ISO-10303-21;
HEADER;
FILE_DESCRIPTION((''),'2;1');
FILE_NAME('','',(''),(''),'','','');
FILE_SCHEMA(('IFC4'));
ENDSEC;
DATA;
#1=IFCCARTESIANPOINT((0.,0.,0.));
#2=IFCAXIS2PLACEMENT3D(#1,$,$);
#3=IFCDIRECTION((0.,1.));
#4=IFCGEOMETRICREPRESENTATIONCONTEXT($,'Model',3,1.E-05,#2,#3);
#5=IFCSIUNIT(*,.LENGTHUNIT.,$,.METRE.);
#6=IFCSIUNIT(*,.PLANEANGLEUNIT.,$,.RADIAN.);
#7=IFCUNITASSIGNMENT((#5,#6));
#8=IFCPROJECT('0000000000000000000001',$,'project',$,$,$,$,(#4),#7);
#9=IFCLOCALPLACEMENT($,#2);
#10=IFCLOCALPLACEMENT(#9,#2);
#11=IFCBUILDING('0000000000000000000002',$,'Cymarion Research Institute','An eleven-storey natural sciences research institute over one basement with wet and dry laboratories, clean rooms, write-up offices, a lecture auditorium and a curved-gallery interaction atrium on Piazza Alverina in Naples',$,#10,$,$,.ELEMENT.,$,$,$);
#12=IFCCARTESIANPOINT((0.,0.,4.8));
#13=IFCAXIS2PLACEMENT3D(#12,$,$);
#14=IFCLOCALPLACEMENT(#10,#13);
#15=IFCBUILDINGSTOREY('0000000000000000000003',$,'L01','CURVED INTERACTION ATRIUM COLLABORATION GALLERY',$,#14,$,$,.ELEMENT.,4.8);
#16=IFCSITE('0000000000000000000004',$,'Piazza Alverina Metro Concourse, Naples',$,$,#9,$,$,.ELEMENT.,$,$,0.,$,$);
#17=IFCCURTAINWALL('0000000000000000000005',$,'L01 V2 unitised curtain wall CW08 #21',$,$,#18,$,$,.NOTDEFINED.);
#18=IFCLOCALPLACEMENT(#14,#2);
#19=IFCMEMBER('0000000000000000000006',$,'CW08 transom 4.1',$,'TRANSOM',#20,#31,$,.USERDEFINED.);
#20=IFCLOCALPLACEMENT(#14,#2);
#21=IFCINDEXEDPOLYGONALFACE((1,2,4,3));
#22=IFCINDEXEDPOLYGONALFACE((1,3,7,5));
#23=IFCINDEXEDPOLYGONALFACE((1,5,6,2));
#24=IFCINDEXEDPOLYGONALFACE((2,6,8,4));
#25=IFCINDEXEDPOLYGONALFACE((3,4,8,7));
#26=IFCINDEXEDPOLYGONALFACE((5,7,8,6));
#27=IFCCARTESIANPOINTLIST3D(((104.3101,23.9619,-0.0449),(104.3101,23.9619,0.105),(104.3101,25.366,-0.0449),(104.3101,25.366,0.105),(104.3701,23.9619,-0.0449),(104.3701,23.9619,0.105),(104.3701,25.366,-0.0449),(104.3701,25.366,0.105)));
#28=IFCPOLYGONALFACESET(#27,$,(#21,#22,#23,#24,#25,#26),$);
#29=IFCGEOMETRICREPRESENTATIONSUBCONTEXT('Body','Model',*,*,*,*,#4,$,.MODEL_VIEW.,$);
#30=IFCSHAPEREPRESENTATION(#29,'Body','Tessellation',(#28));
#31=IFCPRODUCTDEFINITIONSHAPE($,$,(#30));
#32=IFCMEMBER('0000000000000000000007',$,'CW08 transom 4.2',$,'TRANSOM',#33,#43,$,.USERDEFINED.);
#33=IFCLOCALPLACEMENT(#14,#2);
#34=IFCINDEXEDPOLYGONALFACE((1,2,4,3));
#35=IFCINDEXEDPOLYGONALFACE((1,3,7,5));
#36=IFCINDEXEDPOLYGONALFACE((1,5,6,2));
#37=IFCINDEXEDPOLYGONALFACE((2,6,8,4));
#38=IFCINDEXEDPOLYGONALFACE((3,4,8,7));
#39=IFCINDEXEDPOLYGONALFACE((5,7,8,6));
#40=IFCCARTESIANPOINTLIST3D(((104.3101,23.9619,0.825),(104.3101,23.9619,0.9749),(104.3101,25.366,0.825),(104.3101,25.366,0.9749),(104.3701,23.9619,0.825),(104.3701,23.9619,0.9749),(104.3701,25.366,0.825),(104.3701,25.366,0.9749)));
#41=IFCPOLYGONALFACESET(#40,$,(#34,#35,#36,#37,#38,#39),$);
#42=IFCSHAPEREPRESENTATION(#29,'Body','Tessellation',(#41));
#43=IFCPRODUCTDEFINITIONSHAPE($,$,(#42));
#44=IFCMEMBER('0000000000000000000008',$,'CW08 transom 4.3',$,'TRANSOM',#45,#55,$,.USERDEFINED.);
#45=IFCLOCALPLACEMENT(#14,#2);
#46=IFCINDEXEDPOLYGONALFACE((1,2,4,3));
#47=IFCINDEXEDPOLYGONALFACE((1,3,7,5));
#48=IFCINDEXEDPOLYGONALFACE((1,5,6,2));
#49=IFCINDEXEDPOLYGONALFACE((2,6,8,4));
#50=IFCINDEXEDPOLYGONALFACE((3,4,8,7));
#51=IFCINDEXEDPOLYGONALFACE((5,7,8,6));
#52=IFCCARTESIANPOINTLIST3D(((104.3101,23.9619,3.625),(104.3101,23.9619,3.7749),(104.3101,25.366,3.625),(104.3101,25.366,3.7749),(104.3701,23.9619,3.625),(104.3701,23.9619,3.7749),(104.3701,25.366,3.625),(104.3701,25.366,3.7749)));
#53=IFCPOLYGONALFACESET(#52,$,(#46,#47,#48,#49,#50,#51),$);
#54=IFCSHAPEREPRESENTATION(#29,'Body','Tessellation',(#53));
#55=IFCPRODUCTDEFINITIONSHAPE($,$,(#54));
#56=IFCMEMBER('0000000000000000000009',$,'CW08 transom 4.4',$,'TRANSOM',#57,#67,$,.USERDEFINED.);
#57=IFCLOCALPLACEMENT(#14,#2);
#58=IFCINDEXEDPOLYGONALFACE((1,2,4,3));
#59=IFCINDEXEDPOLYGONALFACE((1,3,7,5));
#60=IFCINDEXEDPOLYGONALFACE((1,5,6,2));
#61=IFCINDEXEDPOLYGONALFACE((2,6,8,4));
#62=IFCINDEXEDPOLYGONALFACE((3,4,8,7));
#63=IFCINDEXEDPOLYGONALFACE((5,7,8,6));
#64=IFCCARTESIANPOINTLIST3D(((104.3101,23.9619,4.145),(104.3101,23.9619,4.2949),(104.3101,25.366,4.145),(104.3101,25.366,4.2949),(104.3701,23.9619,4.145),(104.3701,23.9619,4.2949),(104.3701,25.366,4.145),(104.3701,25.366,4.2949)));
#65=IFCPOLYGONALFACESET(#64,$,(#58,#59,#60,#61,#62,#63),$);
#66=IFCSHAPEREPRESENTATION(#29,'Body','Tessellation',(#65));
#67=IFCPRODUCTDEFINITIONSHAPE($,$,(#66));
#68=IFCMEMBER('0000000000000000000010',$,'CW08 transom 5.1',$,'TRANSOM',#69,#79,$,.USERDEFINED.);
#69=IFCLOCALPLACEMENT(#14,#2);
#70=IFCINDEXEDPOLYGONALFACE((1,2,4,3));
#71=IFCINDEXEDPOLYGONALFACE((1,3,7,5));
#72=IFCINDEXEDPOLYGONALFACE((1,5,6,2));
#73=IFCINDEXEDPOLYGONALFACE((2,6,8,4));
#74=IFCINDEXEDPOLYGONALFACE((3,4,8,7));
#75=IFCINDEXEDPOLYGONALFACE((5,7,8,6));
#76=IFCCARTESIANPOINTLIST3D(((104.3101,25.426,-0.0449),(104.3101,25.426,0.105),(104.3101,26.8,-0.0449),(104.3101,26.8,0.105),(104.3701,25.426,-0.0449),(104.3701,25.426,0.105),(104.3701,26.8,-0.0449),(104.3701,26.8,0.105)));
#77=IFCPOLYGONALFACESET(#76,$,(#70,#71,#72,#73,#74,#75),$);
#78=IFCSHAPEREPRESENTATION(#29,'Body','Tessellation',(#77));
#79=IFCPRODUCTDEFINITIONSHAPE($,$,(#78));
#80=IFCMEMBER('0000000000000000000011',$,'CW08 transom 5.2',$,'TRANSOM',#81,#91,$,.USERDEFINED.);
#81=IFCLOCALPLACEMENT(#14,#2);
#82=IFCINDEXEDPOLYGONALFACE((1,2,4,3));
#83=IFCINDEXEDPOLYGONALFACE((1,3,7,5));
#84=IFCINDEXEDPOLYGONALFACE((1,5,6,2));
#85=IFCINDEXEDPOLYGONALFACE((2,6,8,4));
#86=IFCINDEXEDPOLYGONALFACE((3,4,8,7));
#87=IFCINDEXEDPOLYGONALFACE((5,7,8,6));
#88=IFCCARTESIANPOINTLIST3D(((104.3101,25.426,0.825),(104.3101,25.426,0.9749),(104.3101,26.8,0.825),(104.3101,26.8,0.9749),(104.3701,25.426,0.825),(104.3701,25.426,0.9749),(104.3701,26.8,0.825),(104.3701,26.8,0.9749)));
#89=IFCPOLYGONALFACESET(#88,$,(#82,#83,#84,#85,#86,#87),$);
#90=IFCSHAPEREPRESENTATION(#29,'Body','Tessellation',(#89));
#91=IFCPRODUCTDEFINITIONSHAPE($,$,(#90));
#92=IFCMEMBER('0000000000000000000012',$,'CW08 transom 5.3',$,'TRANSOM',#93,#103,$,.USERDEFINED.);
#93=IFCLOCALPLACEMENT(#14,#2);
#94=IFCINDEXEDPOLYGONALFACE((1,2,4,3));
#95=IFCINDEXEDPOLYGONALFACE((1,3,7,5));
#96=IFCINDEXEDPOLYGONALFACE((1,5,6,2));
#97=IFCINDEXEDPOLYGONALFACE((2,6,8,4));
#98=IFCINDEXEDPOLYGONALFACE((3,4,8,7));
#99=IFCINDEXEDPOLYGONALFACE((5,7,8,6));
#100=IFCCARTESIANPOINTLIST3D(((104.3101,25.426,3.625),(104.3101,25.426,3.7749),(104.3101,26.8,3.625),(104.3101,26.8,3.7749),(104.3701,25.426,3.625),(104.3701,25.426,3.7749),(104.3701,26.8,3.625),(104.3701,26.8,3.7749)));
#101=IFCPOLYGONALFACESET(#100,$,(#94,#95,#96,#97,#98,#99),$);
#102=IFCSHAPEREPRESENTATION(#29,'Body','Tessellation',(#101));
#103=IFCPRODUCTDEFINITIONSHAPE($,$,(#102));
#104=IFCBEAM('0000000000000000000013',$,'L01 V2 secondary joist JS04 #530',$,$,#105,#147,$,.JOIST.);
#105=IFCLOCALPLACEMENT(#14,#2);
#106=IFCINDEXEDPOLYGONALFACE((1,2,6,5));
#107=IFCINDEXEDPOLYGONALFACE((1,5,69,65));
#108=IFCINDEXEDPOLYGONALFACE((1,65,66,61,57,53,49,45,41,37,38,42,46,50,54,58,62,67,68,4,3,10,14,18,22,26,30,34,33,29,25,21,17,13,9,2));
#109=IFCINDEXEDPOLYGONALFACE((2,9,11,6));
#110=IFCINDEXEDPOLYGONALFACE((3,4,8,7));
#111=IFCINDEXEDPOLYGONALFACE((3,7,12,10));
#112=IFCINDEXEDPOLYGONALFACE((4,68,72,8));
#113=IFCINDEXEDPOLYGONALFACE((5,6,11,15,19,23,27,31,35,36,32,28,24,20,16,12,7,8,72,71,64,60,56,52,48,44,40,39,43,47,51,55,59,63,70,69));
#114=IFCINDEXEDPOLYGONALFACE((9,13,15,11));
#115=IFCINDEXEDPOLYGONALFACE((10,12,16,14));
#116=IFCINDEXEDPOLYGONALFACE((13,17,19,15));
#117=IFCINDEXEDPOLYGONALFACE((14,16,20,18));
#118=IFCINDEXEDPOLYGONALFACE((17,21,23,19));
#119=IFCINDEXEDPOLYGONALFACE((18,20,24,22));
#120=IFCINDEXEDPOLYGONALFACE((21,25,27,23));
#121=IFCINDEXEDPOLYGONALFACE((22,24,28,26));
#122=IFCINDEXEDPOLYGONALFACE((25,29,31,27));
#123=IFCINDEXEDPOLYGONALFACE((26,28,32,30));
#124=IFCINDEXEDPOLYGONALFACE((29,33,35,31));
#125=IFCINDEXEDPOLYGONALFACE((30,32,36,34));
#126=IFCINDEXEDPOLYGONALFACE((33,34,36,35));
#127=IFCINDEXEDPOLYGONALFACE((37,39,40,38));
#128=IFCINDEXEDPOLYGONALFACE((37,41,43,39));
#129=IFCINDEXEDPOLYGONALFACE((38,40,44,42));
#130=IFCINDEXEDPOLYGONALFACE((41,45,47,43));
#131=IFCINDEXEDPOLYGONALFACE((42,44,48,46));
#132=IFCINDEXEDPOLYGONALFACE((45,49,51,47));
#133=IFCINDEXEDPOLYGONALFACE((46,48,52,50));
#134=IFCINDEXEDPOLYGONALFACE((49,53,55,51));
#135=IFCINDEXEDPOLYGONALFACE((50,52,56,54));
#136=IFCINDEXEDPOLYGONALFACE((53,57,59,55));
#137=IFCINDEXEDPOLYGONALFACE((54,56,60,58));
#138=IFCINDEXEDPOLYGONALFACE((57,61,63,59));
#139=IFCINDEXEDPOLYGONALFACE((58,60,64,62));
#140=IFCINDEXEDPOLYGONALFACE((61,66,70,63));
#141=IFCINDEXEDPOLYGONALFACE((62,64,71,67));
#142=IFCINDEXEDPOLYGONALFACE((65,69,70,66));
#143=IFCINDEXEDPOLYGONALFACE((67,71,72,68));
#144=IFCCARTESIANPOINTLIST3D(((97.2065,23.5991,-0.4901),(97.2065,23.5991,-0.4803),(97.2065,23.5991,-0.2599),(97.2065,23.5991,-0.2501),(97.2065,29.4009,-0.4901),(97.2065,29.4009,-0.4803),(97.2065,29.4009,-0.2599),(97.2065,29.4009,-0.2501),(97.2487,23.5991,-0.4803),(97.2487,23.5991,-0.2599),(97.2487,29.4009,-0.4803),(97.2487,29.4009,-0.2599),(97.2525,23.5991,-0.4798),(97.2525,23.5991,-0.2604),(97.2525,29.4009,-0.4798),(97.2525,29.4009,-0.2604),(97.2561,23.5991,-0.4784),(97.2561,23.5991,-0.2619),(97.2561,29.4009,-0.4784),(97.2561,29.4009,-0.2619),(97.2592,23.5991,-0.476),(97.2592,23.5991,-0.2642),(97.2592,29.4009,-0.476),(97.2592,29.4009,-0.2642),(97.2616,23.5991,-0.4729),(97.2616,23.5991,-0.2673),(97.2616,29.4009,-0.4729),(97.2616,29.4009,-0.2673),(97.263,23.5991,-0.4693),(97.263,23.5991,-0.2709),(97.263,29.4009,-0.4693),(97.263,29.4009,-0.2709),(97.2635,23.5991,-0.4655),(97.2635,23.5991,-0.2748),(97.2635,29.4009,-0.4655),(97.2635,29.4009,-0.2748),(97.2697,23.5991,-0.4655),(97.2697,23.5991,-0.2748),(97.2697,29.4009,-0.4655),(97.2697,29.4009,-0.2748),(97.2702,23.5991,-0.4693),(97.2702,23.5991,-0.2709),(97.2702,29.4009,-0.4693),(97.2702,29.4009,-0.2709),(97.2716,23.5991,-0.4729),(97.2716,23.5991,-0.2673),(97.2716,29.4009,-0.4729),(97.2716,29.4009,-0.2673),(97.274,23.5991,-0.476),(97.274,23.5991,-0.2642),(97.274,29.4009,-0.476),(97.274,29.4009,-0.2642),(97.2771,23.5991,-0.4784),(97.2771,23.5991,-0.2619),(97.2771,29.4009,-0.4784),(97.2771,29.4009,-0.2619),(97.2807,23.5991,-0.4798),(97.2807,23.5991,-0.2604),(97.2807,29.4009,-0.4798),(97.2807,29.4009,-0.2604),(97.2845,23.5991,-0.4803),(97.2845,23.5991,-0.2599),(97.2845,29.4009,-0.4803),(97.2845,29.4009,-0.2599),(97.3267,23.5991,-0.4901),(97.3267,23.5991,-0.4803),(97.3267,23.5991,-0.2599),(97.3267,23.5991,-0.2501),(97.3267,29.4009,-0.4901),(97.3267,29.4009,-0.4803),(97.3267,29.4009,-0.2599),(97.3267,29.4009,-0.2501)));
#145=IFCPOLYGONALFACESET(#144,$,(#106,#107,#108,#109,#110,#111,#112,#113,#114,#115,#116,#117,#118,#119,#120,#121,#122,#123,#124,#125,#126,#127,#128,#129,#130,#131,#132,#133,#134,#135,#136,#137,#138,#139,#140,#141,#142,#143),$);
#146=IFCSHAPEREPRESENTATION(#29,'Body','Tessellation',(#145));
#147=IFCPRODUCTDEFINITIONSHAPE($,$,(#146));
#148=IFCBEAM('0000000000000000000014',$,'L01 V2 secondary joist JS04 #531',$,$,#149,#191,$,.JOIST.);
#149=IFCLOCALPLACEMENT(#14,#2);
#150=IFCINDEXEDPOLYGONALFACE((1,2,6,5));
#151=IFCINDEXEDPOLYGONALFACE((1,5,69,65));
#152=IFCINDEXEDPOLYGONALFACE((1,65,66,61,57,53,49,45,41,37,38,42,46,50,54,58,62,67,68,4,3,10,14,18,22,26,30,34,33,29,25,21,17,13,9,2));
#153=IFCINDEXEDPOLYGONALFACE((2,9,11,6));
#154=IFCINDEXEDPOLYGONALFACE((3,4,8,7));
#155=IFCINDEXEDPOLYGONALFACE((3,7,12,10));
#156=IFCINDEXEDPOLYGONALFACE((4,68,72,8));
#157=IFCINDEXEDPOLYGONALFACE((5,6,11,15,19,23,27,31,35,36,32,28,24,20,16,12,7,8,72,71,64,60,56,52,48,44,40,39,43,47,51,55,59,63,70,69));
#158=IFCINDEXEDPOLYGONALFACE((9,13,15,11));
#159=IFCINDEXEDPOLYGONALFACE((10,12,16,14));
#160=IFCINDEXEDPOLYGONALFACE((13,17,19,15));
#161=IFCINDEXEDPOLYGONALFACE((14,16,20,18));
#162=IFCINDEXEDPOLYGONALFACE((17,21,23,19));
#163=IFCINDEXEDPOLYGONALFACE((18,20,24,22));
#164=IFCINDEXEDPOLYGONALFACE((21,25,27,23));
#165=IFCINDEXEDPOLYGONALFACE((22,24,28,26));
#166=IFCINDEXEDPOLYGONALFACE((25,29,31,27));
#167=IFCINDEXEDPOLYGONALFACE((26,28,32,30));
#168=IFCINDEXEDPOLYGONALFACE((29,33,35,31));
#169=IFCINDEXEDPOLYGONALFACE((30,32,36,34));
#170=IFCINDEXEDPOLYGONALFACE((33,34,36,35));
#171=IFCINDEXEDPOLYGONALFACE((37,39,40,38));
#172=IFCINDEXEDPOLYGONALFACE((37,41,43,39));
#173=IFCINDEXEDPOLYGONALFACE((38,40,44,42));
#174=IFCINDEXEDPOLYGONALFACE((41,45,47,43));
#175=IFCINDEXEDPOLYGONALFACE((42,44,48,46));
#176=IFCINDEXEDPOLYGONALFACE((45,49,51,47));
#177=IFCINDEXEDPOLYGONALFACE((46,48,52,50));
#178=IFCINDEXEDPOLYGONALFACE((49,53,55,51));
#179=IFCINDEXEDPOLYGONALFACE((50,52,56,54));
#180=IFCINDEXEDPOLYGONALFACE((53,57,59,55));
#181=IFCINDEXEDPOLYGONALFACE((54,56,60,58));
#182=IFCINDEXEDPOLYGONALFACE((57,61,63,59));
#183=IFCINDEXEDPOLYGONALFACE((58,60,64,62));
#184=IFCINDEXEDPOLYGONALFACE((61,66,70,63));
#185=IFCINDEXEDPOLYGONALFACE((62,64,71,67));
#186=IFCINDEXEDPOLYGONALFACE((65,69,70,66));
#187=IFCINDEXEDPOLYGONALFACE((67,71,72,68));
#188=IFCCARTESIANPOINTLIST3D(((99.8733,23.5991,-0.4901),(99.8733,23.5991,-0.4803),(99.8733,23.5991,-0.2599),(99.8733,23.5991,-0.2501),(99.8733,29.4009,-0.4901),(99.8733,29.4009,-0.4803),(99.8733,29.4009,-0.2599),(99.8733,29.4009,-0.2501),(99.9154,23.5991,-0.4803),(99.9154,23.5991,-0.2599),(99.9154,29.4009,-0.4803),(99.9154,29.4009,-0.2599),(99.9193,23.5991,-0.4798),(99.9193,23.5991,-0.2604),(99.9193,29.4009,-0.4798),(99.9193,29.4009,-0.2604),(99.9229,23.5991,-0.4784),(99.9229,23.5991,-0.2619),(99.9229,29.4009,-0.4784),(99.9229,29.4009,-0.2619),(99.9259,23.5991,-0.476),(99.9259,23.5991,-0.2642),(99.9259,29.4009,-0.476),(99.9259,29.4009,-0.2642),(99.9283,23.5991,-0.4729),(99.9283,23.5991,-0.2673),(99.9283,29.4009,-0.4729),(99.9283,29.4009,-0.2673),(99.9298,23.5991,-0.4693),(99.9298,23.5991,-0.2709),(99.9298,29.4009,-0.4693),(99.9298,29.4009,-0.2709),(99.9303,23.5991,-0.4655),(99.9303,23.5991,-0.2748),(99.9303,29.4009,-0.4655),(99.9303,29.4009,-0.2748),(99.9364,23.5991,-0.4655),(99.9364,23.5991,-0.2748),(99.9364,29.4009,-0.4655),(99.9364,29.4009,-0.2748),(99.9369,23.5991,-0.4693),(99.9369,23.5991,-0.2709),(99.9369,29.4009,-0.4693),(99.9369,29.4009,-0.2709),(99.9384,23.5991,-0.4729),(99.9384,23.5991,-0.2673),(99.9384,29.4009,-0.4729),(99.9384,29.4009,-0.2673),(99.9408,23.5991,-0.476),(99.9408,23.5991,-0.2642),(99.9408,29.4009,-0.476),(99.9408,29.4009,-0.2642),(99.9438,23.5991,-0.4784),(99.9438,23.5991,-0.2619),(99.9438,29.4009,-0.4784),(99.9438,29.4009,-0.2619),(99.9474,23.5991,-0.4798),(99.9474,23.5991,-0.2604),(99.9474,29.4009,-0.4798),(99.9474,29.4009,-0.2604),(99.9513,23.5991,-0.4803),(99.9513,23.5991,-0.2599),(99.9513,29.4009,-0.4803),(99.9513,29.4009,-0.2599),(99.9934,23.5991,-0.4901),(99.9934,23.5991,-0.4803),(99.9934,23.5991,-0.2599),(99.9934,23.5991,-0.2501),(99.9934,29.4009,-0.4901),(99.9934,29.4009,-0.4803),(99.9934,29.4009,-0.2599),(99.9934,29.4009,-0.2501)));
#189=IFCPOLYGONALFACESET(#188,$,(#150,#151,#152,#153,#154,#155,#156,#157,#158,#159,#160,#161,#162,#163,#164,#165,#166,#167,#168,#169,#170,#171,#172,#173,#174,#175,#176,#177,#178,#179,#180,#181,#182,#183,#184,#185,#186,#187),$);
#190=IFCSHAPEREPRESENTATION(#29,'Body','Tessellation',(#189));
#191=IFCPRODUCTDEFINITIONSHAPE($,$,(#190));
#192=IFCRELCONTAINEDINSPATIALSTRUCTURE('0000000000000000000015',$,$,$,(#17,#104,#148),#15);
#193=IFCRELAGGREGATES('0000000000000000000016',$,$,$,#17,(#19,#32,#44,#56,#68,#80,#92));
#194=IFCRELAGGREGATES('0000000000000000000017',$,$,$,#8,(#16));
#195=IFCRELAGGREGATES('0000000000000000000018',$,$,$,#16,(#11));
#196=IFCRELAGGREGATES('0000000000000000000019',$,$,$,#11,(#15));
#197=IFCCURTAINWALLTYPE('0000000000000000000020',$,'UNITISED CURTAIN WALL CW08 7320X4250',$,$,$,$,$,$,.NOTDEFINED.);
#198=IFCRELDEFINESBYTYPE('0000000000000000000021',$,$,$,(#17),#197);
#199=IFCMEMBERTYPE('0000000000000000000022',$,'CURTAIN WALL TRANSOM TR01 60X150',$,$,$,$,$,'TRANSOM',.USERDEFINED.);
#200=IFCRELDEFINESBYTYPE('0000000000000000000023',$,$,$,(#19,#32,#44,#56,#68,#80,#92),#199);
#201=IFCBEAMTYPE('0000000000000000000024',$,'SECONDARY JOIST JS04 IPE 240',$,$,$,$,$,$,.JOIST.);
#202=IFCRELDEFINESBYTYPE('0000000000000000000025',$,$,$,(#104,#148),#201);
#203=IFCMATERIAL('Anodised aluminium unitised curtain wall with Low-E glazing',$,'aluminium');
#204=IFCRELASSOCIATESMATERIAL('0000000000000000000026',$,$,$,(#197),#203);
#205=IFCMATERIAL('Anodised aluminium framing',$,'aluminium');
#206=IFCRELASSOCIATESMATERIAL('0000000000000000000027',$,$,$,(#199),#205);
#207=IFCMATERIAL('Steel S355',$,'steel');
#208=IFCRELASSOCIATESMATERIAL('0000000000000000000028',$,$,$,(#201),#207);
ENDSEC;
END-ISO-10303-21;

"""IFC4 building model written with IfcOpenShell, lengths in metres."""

from ifc_helpers import new_model, si_unit, direction, frame, origin, origin_2d, place, context, subcontext, project, spatial, rectangle, i_section, extrude, material, material_profile, profile_set, type_object, element, aggregate, save


model = new_model("IFC4")

# Units and contexts
model_context = context("Model", 3, precision=1e-05, world=origin(), true_north=direction((0.0, 1.0)))
body_context = subcontext(model_context, "Body", "Model", "MODEL_VIEW")
ifc_project = project(units=[si_unit("LENGTHUNIT", "METRE"), si_unit("PLANEANGLEUNIT", "RADIAN")], contexts=[model_context])

# Site, building, storey
site_placement = place(None, origin())
site = spatial("IfcSite", under=ifc_project, at=site_placement, Name="Piazza Alverina Metro Concourse, Naples", CompositionType="ELEMENT", RefElevation=0.0)
building_placement = place(site_placement, origin())
building = spatial("IfcBuilding", under=site, at=building_placement, Name="Cymarion Research Institute", Description="An eleven-storey natural sciences research institute over one basement with wet and dry laboratories, clean rooms, write-up offices, a lecture auditorium and a curved-gallery interaction atrium on Piazza Alverina in Naples", CompositionType="ELEMENT")
storey_placement = place(building_placement, frame((0.0, 0.0, 4.8)))
storey = spatial("IfcBuildingStorey", under=building, at=storey_placement, Name="L01", Description="CURVED INTERACTION ATRIUM COLLABORATION GALLERY", CompositionType="ELEMENT", Elevation=4.8)

# Shared definitions
ifc_material_1 = material(Name="Steel S355", Category="steel")

# Curtain wall, members
ifc_material_2 = material(Name="Anodised aluminium unitised curtain wall with Low-E glazing", Category="aluminium")
curtain_wall_type = type_object("IfcCurtainWallType", Name="UNITISED CURTAIN WALL CW08 7320X4250", PredefinedType="NOTDEFINED", material=ifc_material_2)
curtain_wall_placement = place(storey_placement, origin())
curtain_wall = element("IfcCurtainWall", 1, at=curtain_wall_placement, inside=storey, type_object=curtain_wall_type, Name="L01 V2 unitised curtain wall CW08 #21", PredefinedType="NOTDEFINED")
ifc_material_3 = material(Name="Anodised aluminium framing", Category="aluminium")
ifc_material_profile_1 = material_profile(ifc_material_3, rectangle(XDim=0.0601, YDim=0.1499, at=origin_2d()), Name="ALU TRANSOM 60x150")
ifc_profile_set_1 = profile_set([ifc_material_profile_1], Name="Anodised aluminium framing")
member_type_1 = type_object("IfcMemberType", Name="CURTAIN WALL TRANSOM TR01 60X150", ElementType="TRANSOM", PredefinedType="USERDEFINED", material=ifc_profile_set_1)
member_1_placement = place(storey_placement, frame((104.3401, 23.9619, 0.03), z_axis=(0.0, 1.0, 0.0), x_axis=(-1.0, 0.0, 0.0)))
member_1 = element("IfcMember", 2, at=member_1_placement, type_object=member_type_1, Name="CW08 transom 4.1", ObjectType="TRANSOM", PredefinedType="USERDEFINED", context=body_context, shape_type="SweptSolid", body=[
    extrude(rectangle(XDim=0.0601, YDim=0.1499, at=origin_2d()), origin(), (0.0, 0.0, 1.0), 1.4041),
])
member_2_placement = place(storey_placement, frame((104.3401, 23.9619, 0.8999), z_axis=(0.0, 1.0, 0.0), x_axis=(-1.0, 0.0, 0.0)))
member_2 = element("IfcMember", 3, at=member_2_placement, type_object=member_type_1, Name="CW08 transom 4.2", ObjectType="TRANSOM", PredefinedType="USERDEFINED", context=body_context, shape_type="SweptSolid", body=[
    extrude(rectangle(XDim=0.0601, YDim=0.1499, at=origin_2d()), origin(), (0.0, 0.0, 1.0), 1.4041),
])
member_3_placement = place(storey_placement, frame((104.3401, 23.9619, 3.7), z_axis=(0.0, 1.0, 0.0), x_axis=(-1.0, 0.0, 0.0)))
member_3 = element("IfcMember", 4, at=member_3_placement, type_object=member_type_1, Name="CW08 transom 4.3", ObjectType="TRANSOM", PredefinedType="USERDEFINED", context=body_context, shape_type="SweptSolid", body=[
    extrude(rectangle(XDim=0.0601, YDim=0.1499, at=origin_2d()), origin(), (0.0, 0.0, 1.0), 1.4041),
])
member_4_placement = place(storey_placement, frame((104.3401, 23.9619, 4.22), z_axis=(0.0, 1.0, 0.0), x_axis=(-1.0, 0.0, 0.0)))
member_4 = element("IfcMember", 5, at=member_4_placement, type_object=member_type_1, Name="CW08 transom 4.4", ObjectType="TRANSOM", PredefinedType="USERDEFINED", context=body_context, shape_type="SweptSolid", body=[
    extrude(rectangle(XDim=0.0601, YDim=0.1499, at=origin_2d()), origin(), (0.0, 0.0, 1.0), 1.4041),
])
member_5_placement = place(storey_placement, frame((104.3401, 25.426, 0.03), z_axis=(0.0, 1.0, 0.0), x_axis=(-1.0, 0.0, 0.0)))
member_5 = element("IfcMember", 6, at=member_5_placement, type_object=member_type_1, Name="CW08 transom 5.1", ObjectType="TRANSOM", PredefinedType="USERDEFINED", context=body_context, shape_type="SweptSolid", body=[
    extrude(rectangle(XDim=0.0601, YDim=0.1499, at=origin_2d()), origin(), (0.0, 0.0, 1.0), 1.374),
])
member_6_placement = place(storey_placement, frame((104.3401, 25.426, 0.8999), z_axis=(0.0, 1.0, 0.0), x_axis=(-1.0, 0.0, 0.0)))
member_6 = element("IfcMember", 7, at=member_6_placement, type_object=member_type_1, Name="CW08 transom 5.2", ObjectType="TRANSOM", PredefinedType="USERDEFINED", context=body_context, shape_type="SweptSolid", body=[
    extrude(rectangle(XDim=0.0601, YDim=0.1499, at=origin_2d()), origin(), (0.0, 0.0, 1.0), 1.374),
])
member_7_placement = place(storey_placement, frame((104.3401, 25.426, 3.7), z_axis=(0.0, 1.0, 0.0), x_axis=(-1.0, 0.0, 0.0)))
member_7 = element("IfcMember", 8, at=member_7_placement, type_object=member_type_1, Name="CW08 transom 5.3", ObjectType="TRANSOM", PredefinedType="USERDEFINED", context=body_context, shape_type="SweptSolid", body=[
    extrude(rectangle(XDim=0.0601, YDim=0.1499, at=origin_2d()), origin(), (0.0, 0.0, 1.0), 1.374),
])

# Beams
ifc_material_profile_2 = material_profile(ifc_material_1, i_section(OverallWidth=0.1201, OverallDepth=0.24, WebThickness=0.0061, FlangeThickness=0.0098, FilletRadius=0.0149, at=origin_2d()), Name="IPE 240")
ifc_profile_set_2 = profile_set([ifc_material_profile_2], Name="Steel S355")
beam_type_1 = type_object("IfcBeamType", Name="SECONDARY JOIST JS04 IPE 240", PredefinedType="JOIST", material=ifc_profile_set_2)
for number, where, z_axis, x_axis, name in (
    (9, (97.2666, 23.5991, -0.3701), (0.0, 1.0, 0.0), (-1.0, 0.0, 0.0), "L01 V2 secondary joist JS04 #530"),
    (10, (99.9333, 23.5991, -0.3701), (0.0, 1.0, 0.0), (-1.0, 0.0, 0.0), "L01 V2 secondary joist JS04 #531"),
):
    element("IfcBeam", number, at=place(storey_placement, frame(where, z_axis=z_axis, x_axis=x_axis)), inside=storey, type_object=beam_type_1, Name=name, PredefinedType="JOIST", context=body_context, shape_type="SweptSolid", body=[
        extrude(i_section(OverallWidth=0.1201, OverallDepth=0.24, WebThickness=0.0061, FlangeThickness=0.0098, FilletRadius=0.0149, at=origin_2d()), origin(), (0.0, 0.0, 1.0), 5.8018),
    ])

aggregate(curtain_wall, [member_1, member_2, member_3, member_4, member_5, member_6, member_7])

save(model, "model.ifc")
